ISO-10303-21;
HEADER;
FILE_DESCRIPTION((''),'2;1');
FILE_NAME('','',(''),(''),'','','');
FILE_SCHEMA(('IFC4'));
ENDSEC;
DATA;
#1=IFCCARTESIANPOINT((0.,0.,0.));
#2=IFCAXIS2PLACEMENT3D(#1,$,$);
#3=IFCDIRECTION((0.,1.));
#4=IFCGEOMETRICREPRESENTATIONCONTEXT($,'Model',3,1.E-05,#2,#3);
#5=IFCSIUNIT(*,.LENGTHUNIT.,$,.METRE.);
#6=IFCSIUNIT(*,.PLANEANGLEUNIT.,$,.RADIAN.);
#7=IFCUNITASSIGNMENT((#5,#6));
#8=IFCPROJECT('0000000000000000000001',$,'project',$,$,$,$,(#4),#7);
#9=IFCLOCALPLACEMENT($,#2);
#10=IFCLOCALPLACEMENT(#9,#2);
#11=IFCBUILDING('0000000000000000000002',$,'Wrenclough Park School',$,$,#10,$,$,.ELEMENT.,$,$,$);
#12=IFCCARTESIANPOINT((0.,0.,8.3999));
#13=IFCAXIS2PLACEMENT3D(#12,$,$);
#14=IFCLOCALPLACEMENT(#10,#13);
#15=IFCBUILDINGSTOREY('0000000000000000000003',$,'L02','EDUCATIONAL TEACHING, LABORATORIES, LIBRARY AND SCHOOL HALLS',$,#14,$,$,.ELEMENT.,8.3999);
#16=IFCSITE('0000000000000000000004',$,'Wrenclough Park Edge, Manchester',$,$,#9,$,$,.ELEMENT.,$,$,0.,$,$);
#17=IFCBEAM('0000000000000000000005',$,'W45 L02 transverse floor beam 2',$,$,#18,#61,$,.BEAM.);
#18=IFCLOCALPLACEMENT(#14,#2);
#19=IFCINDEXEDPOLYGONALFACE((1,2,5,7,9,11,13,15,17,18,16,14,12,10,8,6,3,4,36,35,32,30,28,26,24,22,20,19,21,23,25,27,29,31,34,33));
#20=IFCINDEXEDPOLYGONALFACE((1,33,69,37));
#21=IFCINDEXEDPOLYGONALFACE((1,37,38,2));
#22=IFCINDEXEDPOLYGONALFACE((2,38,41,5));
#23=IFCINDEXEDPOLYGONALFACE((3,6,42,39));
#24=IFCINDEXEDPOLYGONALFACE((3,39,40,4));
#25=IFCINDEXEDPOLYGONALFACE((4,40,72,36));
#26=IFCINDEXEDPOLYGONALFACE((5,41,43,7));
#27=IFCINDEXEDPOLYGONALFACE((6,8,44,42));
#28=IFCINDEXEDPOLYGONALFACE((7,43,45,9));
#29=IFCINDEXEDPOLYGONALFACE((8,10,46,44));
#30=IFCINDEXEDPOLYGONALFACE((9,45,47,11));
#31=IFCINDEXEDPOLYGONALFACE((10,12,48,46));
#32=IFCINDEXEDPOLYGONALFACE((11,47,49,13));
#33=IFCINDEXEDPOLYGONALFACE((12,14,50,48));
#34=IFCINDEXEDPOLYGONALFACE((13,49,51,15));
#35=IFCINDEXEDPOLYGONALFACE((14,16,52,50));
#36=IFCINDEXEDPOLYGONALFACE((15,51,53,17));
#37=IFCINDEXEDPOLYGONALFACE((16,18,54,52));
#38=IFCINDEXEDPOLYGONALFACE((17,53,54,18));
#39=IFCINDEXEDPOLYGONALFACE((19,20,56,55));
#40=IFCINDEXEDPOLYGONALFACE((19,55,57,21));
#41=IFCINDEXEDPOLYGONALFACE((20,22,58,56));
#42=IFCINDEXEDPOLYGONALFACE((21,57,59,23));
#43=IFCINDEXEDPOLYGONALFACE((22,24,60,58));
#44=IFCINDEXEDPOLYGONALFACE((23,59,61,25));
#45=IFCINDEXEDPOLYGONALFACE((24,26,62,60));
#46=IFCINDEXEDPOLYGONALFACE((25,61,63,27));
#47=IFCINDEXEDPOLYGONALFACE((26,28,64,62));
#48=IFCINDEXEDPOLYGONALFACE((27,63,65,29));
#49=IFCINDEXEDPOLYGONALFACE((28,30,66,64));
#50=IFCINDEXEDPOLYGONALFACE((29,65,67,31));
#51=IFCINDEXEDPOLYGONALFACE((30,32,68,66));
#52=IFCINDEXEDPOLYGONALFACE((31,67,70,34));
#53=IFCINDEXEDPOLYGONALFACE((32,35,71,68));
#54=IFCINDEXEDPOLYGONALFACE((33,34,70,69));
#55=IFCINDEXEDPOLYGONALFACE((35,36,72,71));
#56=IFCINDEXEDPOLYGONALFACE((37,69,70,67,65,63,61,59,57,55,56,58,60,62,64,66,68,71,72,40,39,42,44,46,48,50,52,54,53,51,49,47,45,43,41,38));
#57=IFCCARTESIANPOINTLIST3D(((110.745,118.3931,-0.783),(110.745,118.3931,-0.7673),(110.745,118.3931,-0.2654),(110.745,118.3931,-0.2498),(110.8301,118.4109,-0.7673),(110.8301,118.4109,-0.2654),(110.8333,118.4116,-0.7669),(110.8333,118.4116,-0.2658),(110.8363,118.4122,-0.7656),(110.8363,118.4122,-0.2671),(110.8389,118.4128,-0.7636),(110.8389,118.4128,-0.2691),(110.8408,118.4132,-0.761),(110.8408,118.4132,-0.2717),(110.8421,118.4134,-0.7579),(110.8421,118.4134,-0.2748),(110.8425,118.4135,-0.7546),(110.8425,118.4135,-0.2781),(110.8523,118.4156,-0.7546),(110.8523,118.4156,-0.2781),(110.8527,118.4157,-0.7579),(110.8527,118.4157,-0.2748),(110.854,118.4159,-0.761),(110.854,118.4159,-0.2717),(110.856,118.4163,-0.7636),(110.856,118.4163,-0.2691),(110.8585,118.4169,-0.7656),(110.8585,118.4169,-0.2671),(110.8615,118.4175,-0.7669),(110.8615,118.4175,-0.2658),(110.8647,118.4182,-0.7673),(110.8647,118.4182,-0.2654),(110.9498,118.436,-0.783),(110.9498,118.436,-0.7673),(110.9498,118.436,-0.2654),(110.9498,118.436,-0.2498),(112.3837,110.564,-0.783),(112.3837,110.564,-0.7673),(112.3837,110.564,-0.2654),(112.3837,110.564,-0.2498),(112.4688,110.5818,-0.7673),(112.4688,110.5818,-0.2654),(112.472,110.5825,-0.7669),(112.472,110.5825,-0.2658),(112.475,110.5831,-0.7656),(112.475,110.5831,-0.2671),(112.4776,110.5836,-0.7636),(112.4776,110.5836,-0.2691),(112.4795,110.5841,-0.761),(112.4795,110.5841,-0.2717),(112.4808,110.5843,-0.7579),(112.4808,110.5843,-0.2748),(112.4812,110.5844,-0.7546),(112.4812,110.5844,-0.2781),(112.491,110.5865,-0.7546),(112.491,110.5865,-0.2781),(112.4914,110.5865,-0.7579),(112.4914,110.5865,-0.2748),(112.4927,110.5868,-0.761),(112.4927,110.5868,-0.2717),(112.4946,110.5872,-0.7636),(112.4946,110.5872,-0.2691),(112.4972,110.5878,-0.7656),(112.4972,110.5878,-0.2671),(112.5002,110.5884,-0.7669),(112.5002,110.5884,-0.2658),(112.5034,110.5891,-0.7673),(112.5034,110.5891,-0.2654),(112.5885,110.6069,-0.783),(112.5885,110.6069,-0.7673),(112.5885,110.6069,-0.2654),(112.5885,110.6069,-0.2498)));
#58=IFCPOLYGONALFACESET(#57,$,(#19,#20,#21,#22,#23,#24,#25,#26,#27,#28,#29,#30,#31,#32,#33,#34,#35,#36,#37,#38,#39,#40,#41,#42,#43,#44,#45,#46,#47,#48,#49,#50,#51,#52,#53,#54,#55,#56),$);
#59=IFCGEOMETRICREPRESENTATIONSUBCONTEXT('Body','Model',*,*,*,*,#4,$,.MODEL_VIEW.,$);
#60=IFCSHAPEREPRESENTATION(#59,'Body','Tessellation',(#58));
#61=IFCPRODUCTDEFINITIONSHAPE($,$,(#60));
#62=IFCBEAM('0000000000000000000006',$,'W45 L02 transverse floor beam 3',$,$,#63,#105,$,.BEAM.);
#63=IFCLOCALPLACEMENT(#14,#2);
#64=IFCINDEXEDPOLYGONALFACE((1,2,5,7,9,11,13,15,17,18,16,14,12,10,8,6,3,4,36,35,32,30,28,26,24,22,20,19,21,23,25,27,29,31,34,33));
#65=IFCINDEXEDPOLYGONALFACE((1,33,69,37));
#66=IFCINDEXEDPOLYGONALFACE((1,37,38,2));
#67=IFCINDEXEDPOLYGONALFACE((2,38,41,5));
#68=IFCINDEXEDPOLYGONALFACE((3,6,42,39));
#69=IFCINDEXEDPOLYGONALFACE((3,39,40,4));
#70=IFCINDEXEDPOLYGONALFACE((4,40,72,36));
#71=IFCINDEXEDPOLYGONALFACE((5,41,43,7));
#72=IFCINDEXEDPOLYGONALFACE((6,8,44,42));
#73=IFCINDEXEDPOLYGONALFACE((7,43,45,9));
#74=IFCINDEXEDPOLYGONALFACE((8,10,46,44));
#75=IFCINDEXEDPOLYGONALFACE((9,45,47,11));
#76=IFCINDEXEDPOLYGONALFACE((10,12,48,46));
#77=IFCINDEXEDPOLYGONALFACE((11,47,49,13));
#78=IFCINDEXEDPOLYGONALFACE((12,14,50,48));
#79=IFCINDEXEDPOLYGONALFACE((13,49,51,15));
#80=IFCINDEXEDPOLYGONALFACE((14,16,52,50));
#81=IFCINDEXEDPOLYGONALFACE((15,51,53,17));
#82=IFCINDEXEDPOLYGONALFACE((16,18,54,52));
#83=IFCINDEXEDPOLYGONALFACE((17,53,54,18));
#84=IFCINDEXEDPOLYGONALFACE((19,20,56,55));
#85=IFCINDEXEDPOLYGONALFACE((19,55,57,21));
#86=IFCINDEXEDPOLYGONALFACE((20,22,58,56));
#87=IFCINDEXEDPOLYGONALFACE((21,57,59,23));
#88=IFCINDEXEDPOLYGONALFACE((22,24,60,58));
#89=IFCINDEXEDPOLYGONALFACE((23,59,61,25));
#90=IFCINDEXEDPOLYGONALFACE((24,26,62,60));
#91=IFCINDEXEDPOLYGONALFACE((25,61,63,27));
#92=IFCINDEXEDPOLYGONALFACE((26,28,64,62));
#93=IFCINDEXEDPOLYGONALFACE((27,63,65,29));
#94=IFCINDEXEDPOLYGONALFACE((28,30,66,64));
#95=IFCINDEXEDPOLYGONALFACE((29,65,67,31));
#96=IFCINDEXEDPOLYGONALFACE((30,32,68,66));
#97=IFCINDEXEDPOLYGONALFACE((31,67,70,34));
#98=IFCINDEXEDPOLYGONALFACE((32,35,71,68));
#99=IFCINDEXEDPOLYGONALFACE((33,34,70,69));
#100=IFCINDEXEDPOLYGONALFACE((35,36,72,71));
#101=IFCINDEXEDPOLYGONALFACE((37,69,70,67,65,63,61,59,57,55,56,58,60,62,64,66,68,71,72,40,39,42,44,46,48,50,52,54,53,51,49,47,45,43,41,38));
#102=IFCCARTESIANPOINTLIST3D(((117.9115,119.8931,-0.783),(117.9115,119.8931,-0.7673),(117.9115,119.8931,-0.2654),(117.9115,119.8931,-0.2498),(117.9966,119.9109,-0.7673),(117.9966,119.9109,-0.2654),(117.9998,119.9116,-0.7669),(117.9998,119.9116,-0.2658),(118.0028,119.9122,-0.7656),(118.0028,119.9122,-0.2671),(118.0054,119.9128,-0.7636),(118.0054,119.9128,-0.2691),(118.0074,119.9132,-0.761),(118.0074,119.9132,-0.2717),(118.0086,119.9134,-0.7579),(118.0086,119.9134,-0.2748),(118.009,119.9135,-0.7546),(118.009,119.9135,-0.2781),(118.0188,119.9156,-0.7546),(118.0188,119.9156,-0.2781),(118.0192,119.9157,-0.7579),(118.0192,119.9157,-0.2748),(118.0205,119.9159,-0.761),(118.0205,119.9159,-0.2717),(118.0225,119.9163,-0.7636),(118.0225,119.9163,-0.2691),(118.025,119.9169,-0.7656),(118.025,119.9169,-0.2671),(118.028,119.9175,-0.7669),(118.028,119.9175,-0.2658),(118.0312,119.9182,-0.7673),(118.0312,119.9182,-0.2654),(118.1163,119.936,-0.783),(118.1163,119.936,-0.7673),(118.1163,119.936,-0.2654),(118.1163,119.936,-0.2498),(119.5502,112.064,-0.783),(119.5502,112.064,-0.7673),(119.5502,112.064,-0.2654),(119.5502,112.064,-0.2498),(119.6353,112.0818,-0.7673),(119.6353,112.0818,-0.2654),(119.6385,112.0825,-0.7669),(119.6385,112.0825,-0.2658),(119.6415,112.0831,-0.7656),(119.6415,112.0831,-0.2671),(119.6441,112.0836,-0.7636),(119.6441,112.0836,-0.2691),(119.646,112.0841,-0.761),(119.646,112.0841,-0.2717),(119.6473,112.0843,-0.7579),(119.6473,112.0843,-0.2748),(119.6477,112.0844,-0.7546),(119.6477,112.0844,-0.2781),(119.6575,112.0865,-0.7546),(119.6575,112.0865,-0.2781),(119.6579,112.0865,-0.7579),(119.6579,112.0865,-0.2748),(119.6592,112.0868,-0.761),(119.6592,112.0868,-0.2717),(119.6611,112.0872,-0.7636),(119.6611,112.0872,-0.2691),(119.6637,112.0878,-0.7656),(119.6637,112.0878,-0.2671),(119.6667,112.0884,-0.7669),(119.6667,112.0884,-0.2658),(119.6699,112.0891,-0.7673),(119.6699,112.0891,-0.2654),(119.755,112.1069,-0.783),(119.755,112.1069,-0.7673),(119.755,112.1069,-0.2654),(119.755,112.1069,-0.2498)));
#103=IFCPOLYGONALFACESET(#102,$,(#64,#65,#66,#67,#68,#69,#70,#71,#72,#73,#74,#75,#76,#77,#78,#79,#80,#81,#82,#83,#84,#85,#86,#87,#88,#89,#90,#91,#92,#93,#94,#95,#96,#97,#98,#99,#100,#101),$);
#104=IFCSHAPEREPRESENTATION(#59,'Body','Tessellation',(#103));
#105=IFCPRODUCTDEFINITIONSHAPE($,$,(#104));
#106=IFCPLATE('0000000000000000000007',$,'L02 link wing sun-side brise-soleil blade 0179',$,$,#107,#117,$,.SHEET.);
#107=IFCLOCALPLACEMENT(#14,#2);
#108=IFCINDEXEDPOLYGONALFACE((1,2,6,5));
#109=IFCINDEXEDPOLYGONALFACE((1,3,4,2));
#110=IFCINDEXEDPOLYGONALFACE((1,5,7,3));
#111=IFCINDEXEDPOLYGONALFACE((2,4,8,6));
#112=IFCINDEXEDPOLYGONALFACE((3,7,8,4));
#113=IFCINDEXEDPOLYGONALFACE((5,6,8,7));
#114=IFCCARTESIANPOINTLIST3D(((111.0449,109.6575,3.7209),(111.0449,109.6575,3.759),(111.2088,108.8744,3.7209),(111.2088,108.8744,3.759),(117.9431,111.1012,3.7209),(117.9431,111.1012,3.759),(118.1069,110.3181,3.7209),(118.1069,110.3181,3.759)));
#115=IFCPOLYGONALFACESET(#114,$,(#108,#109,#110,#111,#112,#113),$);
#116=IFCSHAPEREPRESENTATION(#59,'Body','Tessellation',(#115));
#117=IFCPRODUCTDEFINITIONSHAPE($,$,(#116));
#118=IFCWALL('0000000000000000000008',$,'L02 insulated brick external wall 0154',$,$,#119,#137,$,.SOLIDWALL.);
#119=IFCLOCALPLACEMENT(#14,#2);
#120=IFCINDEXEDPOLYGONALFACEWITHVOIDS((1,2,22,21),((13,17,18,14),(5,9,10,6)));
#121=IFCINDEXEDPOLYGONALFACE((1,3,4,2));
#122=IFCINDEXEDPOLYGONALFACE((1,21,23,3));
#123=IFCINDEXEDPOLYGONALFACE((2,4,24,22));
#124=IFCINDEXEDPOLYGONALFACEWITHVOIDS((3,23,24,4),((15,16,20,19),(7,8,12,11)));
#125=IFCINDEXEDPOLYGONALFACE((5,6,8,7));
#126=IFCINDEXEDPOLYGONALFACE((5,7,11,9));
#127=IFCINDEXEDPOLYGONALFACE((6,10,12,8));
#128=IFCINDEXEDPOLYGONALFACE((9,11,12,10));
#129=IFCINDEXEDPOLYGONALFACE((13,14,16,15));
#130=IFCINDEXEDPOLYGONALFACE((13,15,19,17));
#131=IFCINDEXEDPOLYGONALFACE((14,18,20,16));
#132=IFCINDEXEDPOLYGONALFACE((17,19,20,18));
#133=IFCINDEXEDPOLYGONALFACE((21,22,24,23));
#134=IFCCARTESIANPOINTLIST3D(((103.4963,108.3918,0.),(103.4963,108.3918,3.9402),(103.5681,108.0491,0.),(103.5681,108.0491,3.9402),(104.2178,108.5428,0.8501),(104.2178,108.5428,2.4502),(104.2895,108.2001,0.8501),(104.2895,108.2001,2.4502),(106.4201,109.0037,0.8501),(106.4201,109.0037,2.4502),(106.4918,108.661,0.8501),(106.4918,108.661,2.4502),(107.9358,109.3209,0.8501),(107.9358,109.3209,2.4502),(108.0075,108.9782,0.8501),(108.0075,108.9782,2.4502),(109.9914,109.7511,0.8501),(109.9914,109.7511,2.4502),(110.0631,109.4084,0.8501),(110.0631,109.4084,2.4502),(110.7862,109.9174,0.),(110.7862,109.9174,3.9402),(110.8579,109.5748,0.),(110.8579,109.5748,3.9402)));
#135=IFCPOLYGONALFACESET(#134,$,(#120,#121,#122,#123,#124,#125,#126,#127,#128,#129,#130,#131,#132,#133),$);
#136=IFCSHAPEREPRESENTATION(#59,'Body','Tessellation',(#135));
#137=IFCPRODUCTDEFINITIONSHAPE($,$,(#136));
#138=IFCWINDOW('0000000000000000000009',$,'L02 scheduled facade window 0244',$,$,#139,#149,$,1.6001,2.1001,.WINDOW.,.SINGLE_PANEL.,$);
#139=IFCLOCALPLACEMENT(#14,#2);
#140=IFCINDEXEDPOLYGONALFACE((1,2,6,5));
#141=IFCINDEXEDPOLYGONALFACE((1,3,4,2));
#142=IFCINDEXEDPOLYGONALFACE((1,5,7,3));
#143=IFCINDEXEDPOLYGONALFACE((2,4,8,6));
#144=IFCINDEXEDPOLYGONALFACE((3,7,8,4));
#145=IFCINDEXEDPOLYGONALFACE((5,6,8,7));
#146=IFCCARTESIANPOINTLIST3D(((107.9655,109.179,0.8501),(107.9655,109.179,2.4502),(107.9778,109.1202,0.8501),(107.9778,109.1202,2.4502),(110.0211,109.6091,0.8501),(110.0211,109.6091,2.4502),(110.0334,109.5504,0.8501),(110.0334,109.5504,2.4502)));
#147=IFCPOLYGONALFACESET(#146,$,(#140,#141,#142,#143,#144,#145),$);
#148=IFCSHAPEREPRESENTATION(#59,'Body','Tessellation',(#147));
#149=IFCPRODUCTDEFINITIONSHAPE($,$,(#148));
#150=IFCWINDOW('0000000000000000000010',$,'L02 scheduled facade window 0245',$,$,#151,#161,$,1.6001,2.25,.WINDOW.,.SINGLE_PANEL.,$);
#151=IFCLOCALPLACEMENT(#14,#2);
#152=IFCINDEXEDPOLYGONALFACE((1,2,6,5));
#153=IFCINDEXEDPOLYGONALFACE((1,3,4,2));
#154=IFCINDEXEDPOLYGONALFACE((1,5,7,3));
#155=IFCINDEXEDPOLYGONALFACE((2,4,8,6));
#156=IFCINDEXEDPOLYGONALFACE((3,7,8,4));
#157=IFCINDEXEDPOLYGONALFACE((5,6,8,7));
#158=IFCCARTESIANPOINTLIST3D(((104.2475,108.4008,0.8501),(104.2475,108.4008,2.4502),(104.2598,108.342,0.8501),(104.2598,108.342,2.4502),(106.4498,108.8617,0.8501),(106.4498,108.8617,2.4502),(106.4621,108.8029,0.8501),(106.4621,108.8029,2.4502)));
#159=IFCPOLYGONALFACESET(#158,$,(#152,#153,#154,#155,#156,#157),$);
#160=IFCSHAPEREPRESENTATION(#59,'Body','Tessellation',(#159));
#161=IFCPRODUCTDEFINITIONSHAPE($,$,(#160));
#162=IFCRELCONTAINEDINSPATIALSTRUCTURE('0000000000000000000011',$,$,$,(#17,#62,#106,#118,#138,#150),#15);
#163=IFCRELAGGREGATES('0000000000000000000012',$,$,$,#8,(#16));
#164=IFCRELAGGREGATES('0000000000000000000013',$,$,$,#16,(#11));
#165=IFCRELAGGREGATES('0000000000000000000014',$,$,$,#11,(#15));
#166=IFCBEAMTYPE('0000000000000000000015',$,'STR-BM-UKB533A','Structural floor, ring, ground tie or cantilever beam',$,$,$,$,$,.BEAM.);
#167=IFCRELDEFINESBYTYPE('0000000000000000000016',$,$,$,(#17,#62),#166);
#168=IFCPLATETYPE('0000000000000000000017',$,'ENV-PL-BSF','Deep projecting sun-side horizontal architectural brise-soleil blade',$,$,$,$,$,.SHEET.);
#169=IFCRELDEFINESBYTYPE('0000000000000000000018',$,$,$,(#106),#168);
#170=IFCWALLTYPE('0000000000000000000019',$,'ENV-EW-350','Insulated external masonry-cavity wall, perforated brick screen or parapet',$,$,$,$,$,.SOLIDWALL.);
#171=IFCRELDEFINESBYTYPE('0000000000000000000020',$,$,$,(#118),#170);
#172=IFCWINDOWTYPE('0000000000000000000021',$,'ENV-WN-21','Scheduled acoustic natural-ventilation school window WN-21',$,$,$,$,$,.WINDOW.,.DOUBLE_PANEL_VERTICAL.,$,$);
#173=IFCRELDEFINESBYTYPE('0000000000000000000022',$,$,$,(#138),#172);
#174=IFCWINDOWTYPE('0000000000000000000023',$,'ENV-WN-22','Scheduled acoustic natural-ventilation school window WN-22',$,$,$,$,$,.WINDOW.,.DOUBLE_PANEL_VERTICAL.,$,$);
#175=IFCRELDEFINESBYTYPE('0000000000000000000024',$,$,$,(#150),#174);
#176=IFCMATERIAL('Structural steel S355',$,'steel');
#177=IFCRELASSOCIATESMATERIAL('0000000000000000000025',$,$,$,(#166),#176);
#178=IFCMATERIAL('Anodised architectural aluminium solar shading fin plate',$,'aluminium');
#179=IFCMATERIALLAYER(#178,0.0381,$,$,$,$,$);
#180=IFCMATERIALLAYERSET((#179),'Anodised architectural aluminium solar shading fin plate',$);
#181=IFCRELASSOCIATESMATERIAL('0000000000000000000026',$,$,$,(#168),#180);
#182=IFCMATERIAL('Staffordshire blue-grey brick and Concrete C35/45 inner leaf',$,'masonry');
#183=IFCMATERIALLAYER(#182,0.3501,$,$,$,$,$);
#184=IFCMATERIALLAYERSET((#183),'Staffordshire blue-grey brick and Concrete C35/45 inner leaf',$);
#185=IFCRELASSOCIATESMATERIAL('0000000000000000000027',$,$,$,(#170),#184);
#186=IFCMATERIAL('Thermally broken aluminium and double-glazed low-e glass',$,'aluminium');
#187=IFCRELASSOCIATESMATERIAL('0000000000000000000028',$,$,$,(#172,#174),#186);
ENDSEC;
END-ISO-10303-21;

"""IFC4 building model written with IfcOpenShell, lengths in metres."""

from ifc_helpers import new_model, si_unit, direction, frame, frame_2d, origin, origin_2d, place, context, subcontext, project, spatial, rectangle, i_section, extrude, material, layer, layer_set, material_profile, profile_set, type_object, element, fill, save


model = new_model("IFC4")

# Units and contexts
model_context = context("Model", 3, precision=1e-05, world=origin(), true_north=direction((0.0, 1.0)))
body_context = subcontext(model_context, "Body", "Model", "MODEL_VIEW")
ifc_project = project(units=[si_unit("LENGTHUNIT", "METRE"), si_unit("PLANEANGLEUNIT", "RADIAN")], contexts=[model_context])

# Site, building, storey
site_placement = place(None, origin())
site = spatial("IfcSite", under=ifc_project, at=site_placement, Name="Wrenclough Park Edge, Manchester", CompositionType="ELEMENT", RefElevation=0.0)
building_placement = place(site_placement, origin())
building = spatial("IfcBuilding", under=site, at=building_placement, Name="Wrenclough Park School", CompositionType="ELEMENT")
storey_placement = place(building_placement, frame((0.0, 0.0, 8.3999)))
storey = spatial("IfcBuildingStorey", under=building, at=storey_placement, Name="L02", Description="EDUCATIONAL TEACHING, LABORATORIES, LIBRARY AND SCHOOL HALLS", CompositionType="ELEMENT", Elevation=8.3999)

# Shared definitions
ifc_material_1 = material(Name="Structural steel S355", Category="steel")

# Beams
ifc_material_profile_1 = material_profile(ifc_material_1, i_section(OverallWidth=0.2092, OverallDepth=0.5332, WebThickness=0.01, FlangeThickness=0.0156, FilletRadius=0.0127, at=origin_2d()), Name="UKB 533x210x92")
ifc_profile_set_1 = profile_set([ifc_material_profile_1], Name="Structural steel S355")
beam_type_1 = type_object("IfcBeamType", Name="STR-BM-UKB533A", Description="Structural floor, ring, ground tie or cantilever beam", PredefinedType="BEAM", material=ifc_profile_set_1)
for number, where, z_axis, x_axis, name in (
    (1, (110.8474, 118.4146, -0.5164), (0.204866, -0.97879, 0.0), (0.97879, 0.204866, 0.0), "W45 L02 transverse floor beam 2"),
    (2, (118.0139, 119.9146, -0.5164), (0.204866, -0.97879, 0.0), (0.97879, 0.204866, 0.0), "W45 L02 transverse floor beam 3"),
):
    element("IfcBeam", number, at=place(storey_placement, frame(where, z_axis=z_axis, x_axis=x_axis)), inside=storey, type_object=beam_type_1, Name=name, PredefinedType="BEAM", context=body_context, shape_type="SweptSolid", body=[
        extrude(i_section(OverallWidth=0.2092, OverallDepth=0.5332, WebThickness=0.01, FlangeThickness=0.0156, FilletRadius=0.0127, at=origin_2d()), origin(), (0.0, 0.0, 1.0), 7.9988),
    ])

# Plate
ifc_material_2 = material(Name="Anodised architectural aluminium solar shading fin plate", Category="aluminium")
ifc_layer_1 = layer(ifc_material_2, 0.0381)
ifc_layer_set_1 = layer_set([ifc_layer_1], Name="Anodised architectural aluminium solar shading fin plate")
plate_type = type_object("IfcPlateType", Name="ENV-PL-BSF", Description="Deep projecting sun-side horizontal architectural brise-soleil blade", PredefinedType="SHEET", material=ifc_layer_set_1)
plate_placement = place(storey_placement, frame((114.5759, 109.9878, 3.7209), z_axis=(0.0, 0.0, 1.0), x_axis=(-0.978793, -0.204854, 0.0)))
element("IfcPlate", 3, at=plate_placement, inside=storey, type_object=plate_type, Name="L02 link wing sun-side brise-soleil blade 0179", PredefinedType="SHEET", context=body_context, shape_type="SweptSolid", body=[
    extrude(rectangle(XDim=7.0476, YDim=0.8, at=origin_2d()), origin(), (0.0, 0.0, 1.0), 0.0381),
])

# Wall, openings, windows
ifc_material_3 = material(Name="Staffordshire blue-grey brick and Concrete C35/45 inner leaf", Category="masonry")
ifc_layer_2 = layer(ifc_material_3, 0.3501)
ifc_layer_set_2 = layer_set([ifc_layer_2], Name="Staffordshire blue-grey brick and Concrete C35/45 inner leaf")
wall_type_1 = type_object("IfcWallType", Name="ENV-EW-350", Description="Insulated external masonry-cavity wall, perforated brick screen or parapet", PredefinedType="SOLIDWALL", material=ifc_layer_set_2)
wall_1_placement = place(storey_placement, frame((110.822, 109.7461, 0.0), z_axis=(0.0, 0.0, 1.0), x_axis=(-0.978794, -0.204846, 0.0)))
wall_1 = element("IfcWall", 4, at=wall_1_placement, inside=storey, type_object=wall_type_1, Name="L02 insulated brick external wall 0154", PredefinedType="SOLIDWALL", context=body_context, shape_type="SweptSolid", body=[
    extrude(rectangle(XDim=7.4478, YDim=0.3501, at=frame_2d((3.7239, 0.0))), origin(), (0.0, 0.0, 1.0), 3.9402),
])
opening_1_placement = place(wall_1_placement, frame((0.812, 0.0, 0.8501)))
opening_1 = element("IfcOpeningElement", 5, at=opening_1_placement, cuts=wall_1, PredefinedType="OPENING", context=body_context, shape_type="SweptSolid", body=[
    extrude(rectangle(XDim=2.1001, YDim=1.6001, at=frame_2d((1.05, 0.8))), frame((0.0, 0.1851, 0.0), z_axis=(0.0, -1.0, 0.0), x_axis=(1.0, 0.0, 0.0)), (0.0, 0.0, 1.0), 0.3701),
])
opening_2_placement = place(wall_1_placement, frame((4.4607, 0.0, 0.8501)))
opening_2 = element("IfcOpeningElement", 6, at=opening_2_placement, cuts=wall_1, PredefinedType="OPENING", context=body_context, shape_type="SweptSolid", body=[
    extrude(rectangle(XDim=2.25, YDim=1.6001, at=frame_2d((1.125, 0.8))), frame((0.0, 0.1851, 0.0), z_axis=(0.0, -1.0, 0.0), x_axis=(1.0, 0.0, 0.0)), (0.0, 0.0, 1.0), 0.3701),
])
ifc_material_4 = material(Name="Thermally broken aluminium and double-glazed low-e glass", Category="aluminium")
window_type_1 = type_object("IfcWindowType", Name="ENV-WN-21", Description="Scheduled acoustic natural-ventilation school window WN-21", PartitioningType="DOUBLE_PANEL_VERTICAL", PredefinedType="WINDOW", material=ifc_material_4)
window_1_placement = place(opening_1_placement, origin())
window_1 = element("IfcWindow", 7, at=window_1_placement, inside=storey, type_object=window_type_1, Name="L02 scheduled facade window 0244", OverallHeight=1.6001, OverallWidth=2.1001, PartitioningType="SINGLE_PANEL", PredefinedType="WINDOW", context=body_context, shape_type="SweptSolid", body=[
    extrude(rectangle(XDim=2.1001, YDim=1.6001, at=frame_2d((1.05, 0.8))), frame((0.0, 0.03, 0.0), z_axis=(0.0, -1.0, 0.0), x_axis=(1.0, 0.0, 0.0)), (0.0, 0.0, 1.0), 0.0601),
])
fill(opening_1, window_1)
window_type_2 = type_object("IfcWindowType", Name="ENV-WN-22", Description="Scheduled acoustic natural-ventilation school window WN-22", PartitioningType="DOUBLE_PANEL_VERTICAL", PredefinedType="WINDOW", material=ifc_material_4)
window_2_placement = place(opening_2_placement, origin())
window_2 = element("IfcWindow", 8, at=window_2_placement, inside=storey, type_object=window_type_2, Name="L02 scheduled facade window 0245", OverallHeight=1.6001, OverallWidth=2.25, PartitioningType="SINGLE_PANEL", PredefinedType="WINDOW", context=body_context, shape_type="SweptSolid", body=[
    extrude(rectangle(XDim=2.25, YDim=1.6001, at=frame_2d((1.125, 0.8))), frame((0.0, 0.03, 0.0), z_axis=(0.0, -1.0, 0.0), x_axis=(1.0, 0.0, 0.0)), (0.0, 0.0, 1.0), 0.0601),
])
fill(opening_2, window_2)

save(model, "model.ifc")
